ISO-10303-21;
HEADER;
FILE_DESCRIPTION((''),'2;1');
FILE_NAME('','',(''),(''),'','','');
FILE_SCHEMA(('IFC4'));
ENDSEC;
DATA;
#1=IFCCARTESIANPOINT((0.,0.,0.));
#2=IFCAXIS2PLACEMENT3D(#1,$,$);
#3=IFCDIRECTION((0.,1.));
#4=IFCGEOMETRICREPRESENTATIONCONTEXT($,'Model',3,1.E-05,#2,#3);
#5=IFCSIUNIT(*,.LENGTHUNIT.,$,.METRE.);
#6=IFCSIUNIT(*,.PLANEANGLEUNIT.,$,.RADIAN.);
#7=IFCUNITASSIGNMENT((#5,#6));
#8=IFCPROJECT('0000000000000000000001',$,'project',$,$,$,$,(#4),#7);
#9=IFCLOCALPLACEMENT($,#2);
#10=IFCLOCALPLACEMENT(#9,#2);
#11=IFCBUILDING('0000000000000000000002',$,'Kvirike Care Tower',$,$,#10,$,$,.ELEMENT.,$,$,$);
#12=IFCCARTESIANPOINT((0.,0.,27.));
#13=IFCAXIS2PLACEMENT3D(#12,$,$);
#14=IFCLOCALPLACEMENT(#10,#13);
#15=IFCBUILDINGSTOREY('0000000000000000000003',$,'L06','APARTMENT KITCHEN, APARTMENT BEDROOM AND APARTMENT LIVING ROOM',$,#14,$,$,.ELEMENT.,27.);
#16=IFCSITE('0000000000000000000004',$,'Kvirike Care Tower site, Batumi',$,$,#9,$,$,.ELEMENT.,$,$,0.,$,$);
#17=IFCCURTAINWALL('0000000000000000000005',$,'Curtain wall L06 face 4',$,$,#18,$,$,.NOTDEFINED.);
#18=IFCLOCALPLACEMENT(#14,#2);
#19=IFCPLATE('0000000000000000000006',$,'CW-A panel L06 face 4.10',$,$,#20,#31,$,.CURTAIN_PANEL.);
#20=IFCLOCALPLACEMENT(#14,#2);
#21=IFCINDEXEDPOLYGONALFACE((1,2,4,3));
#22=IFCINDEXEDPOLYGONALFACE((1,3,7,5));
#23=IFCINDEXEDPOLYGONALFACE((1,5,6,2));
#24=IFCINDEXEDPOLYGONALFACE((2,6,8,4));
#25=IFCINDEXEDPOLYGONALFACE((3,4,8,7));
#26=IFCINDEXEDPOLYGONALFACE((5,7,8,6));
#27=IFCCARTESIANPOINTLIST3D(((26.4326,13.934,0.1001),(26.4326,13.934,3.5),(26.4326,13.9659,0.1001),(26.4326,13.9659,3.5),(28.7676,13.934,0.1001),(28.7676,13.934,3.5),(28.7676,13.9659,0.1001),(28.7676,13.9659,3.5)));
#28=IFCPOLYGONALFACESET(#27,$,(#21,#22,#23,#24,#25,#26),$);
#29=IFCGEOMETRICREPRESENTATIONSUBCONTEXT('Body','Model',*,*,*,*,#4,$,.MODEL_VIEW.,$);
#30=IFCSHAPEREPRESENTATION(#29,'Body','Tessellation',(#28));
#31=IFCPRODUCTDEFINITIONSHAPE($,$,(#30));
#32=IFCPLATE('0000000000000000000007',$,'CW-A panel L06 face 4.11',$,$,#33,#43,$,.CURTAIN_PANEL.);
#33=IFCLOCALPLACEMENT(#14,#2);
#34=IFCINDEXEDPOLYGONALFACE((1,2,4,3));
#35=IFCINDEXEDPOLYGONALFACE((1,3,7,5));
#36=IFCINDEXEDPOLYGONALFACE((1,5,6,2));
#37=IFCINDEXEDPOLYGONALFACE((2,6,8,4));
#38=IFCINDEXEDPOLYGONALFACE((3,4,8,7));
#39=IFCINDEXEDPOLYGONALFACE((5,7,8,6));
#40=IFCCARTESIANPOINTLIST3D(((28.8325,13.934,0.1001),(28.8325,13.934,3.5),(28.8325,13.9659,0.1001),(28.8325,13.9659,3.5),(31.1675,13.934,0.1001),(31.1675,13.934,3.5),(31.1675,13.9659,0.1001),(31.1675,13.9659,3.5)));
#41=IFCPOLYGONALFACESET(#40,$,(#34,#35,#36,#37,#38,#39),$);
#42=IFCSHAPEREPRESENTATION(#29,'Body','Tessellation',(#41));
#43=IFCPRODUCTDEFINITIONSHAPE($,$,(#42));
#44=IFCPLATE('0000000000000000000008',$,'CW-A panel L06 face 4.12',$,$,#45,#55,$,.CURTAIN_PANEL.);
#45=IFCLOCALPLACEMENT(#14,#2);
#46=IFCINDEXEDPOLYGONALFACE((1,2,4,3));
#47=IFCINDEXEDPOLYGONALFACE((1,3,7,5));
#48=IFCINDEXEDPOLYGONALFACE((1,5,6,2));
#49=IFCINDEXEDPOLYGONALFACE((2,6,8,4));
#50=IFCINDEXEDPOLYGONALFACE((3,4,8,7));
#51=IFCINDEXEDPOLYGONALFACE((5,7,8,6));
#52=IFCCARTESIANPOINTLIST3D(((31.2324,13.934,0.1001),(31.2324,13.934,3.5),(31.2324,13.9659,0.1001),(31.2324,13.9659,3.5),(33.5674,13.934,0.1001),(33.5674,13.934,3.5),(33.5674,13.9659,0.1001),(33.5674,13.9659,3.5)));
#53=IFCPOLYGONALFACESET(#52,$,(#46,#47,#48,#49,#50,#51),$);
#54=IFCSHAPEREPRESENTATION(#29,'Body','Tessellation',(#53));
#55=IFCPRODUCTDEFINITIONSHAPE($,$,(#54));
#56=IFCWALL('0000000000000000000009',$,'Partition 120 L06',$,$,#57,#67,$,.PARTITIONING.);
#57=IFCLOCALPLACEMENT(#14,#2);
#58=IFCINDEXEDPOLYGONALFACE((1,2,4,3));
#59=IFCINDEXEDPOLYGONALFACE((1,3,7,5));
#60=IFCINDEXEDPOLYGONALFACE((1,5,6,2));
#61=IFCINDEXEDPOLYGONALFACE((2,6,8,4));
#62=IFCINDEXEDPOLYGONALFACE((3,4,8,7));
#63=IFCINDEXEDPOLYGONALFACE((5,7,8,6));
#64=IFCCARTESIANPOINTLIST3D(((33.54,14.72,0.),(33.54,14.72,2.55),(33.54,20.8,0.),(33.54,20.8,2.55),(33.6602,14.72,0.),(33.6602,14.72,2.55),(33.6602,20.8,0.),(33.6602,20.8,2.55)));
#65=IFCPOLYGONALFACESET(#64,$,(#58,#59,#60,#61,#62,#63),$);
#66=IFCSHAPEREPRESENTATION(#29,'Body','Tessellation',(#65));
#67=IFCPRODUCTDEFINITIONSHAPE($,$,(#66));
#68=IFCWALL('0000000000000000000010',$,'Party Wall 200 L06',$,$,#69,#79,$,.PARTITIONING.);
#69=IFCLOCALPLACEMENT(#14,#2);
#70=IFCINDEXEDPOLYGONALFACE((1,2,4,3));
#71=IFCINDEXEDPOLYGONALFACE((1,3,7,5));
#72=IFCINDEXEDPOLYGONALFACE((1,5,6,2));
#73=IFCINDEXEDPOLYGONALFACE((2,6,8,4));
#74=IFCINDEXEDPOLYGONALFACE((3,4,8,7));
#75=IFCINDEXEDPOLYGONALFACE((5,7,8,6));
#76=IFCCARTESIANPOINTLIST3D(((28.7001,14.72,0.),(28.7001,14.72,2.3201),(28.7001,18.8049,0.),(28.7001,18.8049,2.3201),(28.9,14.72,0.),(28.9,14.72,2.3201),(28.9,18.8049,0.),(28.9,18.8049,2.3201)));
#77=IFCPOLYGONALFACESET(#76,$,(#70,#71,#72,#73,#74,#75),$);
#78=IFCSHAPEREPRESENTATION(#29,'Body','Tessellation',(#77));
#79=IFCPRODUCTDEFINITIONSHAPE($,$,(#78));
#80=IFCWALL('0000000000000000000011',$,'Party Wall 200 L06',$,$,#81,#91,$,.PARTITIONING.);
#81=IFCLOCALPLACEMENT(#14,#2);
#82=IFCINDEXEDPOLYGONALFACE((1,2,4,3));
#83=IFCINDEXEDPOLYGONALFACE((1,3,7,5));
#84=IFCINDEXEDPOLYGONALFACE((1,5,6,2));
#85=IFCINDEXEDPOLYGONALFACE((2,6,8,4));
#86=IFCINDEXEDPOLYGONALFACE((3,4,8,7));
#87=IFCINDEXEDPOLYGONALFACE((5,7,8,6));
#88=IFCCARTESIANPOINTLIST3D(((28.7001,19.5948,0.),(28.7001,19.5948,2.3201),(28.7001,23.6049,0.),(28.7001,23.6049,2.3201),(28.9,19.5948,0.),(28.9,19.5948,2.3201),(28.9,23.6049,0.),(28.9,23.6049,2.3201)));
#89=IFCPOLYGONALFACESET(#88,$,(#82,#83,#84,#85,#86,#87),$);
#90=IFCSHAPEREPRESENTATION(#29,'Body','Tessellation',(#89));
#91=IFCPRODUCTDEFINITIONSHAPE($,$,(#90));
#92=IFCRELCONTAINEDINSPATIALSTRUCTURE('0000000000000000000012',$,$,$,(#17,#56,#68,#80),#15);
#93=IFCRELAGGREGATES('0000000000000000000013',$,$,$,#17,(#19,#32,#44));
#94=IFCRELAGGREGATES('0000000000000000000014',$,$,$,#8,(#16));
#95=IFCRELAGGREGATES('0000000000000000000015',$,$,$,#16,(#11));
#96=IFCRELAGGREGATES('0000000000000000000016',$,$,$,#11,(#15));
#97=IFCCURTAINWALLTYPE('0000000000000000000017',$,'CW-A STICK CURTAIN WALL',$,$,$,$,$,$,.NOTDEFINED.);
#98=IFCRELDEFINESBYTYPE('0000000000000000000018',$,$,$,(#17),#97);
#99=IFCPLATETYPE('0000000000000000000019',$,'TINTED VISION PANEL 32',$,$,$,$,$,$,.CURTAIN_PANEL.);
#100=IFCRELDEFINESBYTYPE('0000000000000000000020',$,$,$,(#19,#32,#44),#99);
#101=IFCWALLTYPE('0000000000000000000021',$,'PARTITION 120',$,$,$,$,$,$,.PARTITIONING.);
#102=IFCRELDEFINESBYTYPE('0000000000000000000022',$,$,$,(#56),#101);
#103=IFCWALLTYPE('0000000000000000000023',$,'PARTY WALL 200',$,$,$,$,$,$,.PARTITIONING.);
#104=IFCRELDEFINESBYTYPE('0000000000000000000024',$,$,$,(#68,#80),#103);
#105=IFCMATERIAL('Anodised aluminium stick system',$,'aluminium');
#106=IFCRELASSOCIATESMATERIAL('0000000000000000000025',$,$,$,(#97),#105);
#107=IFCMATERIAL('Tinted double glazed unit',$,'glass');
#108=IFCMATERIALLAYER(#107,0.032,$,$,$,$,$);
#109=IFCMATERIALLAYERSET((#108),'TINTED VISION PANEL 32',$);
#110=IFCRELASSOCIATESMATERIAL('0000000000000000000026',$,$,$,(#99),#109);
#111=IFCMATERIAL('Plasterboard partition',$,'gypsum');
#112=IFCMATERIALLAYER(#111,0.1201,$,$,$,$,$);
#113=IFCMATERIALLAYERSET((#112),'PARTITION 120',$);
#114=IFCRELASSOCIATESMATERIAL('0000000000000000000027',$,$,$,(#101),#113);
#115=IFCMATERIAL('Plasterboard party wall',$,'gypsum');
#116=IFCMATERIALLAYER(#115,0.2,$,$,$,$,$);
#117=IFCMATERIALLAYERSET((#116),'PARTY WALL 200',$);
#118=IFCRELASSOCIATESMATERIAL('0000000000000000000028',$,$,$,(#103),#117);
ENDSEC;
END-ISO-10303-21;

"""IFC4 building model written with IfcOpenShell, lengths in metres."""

from ifc_helpers import new_model, si_unit, direction, frame, frame_2d, origin, origin_2d, place, context, subcontext, project, spatial, rectangle, extrude, material, layer, layer_set, type_object, element, aggregate, save


model = new_model("IFC4")

# Units and contexts
model_context = context("Model", 3, precision=1e-05, world=origin(), true_north=direction((0.0, 1.0)))
body_context = subcontext(model_context, "Body", "Model", "MODEL_VIEW")
ifc_project = project(units=[si_unit("LENGTHUNIT", "METRE"), si_unit("PLANEANGLEUNIT", "RADIAN")], contexts=[model_context])

# Site, building, storey
site_placement = place(None, origin())
site = spatial("IfcSite", under=ifc_project, at=site_placement, Name="Kvirike Care Tower site, Batumi", CompositionType="ELEMENT", RefElevation=0.0)
building_placement = place(site_placement, origin())
building = spatial("IfcBuilding", under=site, at=building_placement, Name="Kvirike Care Tower", CompositionType="ELEMENT")
storey_placement = place(building_placement, frame((0.0, 0.0, 27.0)))
storey = spatial("IfcBuildingStorey", under=building, at=storey_placement, Name="L06", Description="APARTMENT KITCHEN, APARTMENT BEDROOM AND APARTMENT LIVING ROOM", CompositionType="ELEMENT", Elevation=27.0)

# Curtain wall
ifc_material_1 = material(Name="Anodised aluminium stick system", Category="aluminium")
curtain_wall_type = type_object("IfcCurtainWallType", Name="CW-A STICK CURTAIN WALL", PredefinedType="NOTDEFINED", material=ifc_material_1)
curtain_wall_placement = place(storey_placement, origin())
curtain_wall = element("IfcCurtainWall", 1, at=curtain_wall_placement, inside=storey, type_object=curtain_wall_type, Name="Curtain wall L06 face 4", PredefinedType="NOTDEFINED")

# Plates
ifc_material_2 = material(Name="Tinted double glazed unit", Category="glass")
ifc_layer_1 = layer(ifc_material_2, 0.032)
ifc_layer_set_1 = layer_set([ifc_layer_1], Name="TINTED VISION PANEL 32")
plate_type = type_object("IfcPlateType", Name="TINTED VISION PANEL 32", PredefinedType="CURTAIN_PANEL", material=ifc_layer_set_1)
plate_1_placement = place(storey_placement, frame((27.6001, 13.95, 0.1001), z_axis=(0.0, 0.0, 1.0), x_axis=(1.0, 0.0, 0.0)))
plate_1 = element("IfcPlate", 2, at=plate_1_placement, type_object=plate_type, Name="CW-A panel L06 face 4.10", PredefinedType="CURTAIN_PANEL", context=body_context, shape_type="SweptSolid", body=[
    extrude(rectangle(XDim=2.335, YDim=0.032, at=origin_2d()), origin(), (0.0, 0.0, 1.0), 3.3999),
])
plate_2_placement = place(storey_placement, frame((30.0, 13.95, 0.1001), z_axis=(0.0, 0.0, 1.0), x_axis=(1.0, 0.0, 0.0)))
plate_2 = element("IfcPlate", 3, at=plate_2_placement, type_object=plate_type, Name="CW-A panel L06 face 4.11", PredefinedType="CURTAIN_PANEL", context=body_context, shape_type="SweptSolid", body=[
    extrude(rectangle(XDim=2.335, YDim=0.032, at=origin_2d()), origin(), (0.0, 0.0, 1.0), 3.3999),
])
plate_3_placement = place(storey_placement, frame((32.3999, 13.95, 0.1001), z_axis=(0.0, 0.0, 1.0), x_axis=(1.0, 0.0, 0.0)))
plate_3 = element("IfcPlate", 4, at=plate_3_placement, type_object=plate_type, Name="CW-A panel L06 face 4.12", PredefinedType="CURTAIN_PANEL", context=body_context, shape_type="SweptSolid", body=[
    extrude(rectangle(XDim=2.335, YDim=0.032, at=origin_2d()), origin(), (0.0, 0.0, 1.0), 3.3999),
])
aggregate(curtain_wall, [plate_1, plate_2, plate_3])

# Walls
ifc_material_3 = material(Name="Plasterboard partition", Category="gypsum")
ifc_layer_2 = layer(ifc_material_3, 0.1201)
ifc_layer_set_2 = layer_set([ifc_layer_2], Name="PARTITION 120")
wall_type_1 = type_object("IfcWallType", Name="PARTITION 120", PredefinedType="PARTITIONING", material=ifc_layer_set_2)
wall_1_placement = place(storey_placement, frame((33.6001, 14.72, 0.0), z_axis=(0.0, 0.0, 1.0), x_axis=(0.0, 1.0, 0.0)))
element("IfcWall", 5, at=wall_1_placement, inside=storey, type_object=wall_type_1, Name="Partition 120 L06", PredefinedType="PARTITIONING", context=body_context, shape_type="SweptSolid", body=[
    extrude(rectangle(XDim=6.0801, YDim=0.1201, at=frame_2d((3.04, 0.0))), origin(), (0.0, 0.0, 1.0), 2.55),
])
ifc_material_4 = material(Name="Plasterboard party wall", Category="gypsum")
ifc_layer_3 = layer(ifc_material_4, 0.2)
ifc_layer_set_3 = layer_set([ifc_layer_3], Name="PARTY WALL 200")
wall_type_2 = type_object("IfcWallType", Name="PARTY WALL 200", PredefinedType="PARTITIONING", material=ifc_layer_set_3)
wall_2_placement = place(storey_placement, frame((28.8, 14.72, 0.0), z_axis=(0.0, 0.0, 1.0), x_axis=(0.0, 1.0, 0.0)))
element("IfcWall", 6, at=wall_2_placement, inside=storey, type_object=wall_type_2, Name="Party Wall 200 L06", PredefinedType="PARTITIONING", context=body_context, shape_type="SweptSolid", body=[
    extrude(rectangle(XDim=4.085, YDim=0.2, at=frame_2d((2.0425, 0.0))), origin(), (0.0, 0.0, 1.0), 2.3201),
])
wall_3_placement = place(storey_placement, frame((28.8, 19.595, 0.0), z_axis=(0.0, 0.0, 1.0), x_axis=(0.0, 1.0, 0.0)))
element("IfcWall", 7, at=wall_3_placement, inside=storey, type_object=wall_type_2, Name="Party Wall 200 L06", PredefinedType="PARTITIONING", context=body_context, shape_type="SweptSolid", body=[
    extrude(rectangle(XDim=4.01, YDim=0.2, at=frame_2d((2.0049, 0.0))), origin(), (0.0, 0.0, 1.0), 2.3201),
])

save(model, "model.ifc")
